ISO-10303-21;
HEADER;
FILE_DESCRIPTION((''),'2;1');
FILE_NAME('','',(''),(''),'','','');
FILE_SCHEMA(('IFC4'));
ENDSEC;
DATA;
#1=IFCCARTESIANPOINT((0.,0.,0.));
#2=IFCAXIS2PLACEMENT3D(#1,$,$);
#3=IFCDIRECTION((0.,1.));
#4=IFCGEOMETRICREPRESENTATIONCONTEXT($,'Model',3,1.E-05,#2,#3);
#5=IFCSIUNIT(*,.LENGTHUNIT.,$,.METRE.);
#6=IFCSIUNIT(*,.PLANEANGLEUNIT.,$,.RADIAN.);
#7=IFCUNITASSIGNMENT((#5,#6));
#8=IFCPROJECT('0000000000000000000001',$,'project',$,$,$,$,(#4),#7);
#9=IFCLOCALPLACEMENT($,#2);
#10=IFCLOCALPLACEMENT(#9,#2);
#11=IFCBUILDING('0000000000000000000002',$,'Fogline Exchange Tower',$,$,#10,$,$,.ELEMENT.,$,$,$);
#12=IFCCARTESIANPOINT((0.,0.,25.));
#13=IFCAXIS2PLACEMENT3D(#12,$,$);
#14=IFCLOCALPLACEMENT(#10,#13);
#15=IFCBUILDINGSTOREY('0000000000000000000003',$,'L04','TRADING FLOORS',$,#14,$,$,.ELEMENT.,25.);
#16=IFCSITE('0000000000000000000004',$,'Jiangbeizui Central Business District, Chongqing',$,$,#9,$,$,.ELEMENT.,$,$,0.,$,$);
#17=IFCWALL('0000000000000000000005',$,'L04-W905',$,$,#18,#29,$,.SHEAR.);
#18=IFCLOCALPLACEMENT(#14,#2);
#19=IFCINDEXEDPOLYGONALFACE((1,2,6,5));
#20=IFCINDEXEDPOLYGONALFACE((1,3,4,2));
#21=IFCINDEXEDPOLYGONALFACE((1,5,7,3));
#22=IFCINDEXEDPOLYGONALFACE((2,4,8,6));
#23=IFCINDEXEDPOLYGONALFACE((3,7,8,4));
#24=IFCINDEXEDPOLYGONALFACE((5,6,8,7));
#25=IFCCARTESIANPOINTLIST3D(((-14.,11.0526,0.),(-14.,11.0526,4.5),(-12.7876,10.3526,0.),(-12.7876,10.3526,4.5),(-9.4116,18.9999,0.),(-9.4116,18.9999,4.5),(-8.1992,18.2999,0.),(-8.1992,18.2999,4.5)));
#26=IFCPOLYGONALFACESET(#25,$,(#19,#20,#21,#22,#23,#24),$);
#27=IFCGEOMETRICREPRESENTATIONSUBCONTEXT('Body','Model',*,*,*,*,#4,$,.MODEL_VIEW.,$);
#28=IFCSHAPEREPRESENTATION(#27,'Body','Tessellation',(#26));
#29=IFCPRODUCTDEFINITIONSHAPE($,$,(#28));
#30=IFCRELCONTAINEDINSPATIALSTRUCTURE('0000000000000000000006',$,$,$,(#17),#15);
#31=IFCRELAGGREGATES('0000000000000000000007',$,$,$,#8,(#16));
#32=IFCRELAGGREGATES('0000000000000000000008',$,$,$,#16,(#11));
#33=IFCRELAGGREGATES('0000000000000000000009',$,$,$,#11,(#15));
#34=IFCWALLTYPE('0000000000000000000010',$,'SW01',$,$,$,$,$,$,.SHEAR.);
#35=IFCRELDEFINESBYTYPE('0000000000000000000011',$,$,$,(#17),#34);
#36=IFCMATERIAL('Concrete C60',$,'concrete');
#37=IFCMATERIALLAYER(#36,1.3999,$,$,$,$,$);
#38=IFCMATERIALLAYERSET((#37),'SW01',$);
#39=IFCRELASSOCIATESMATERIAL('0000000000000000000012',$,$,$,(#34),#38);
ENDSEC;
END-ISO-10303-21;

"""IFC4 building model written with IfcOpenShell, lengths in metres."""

from ifc_helpers import new_model, si_unit, direction, frame, frame_2d, origin, place, context, subcontext, project, spatial, rectangle, extrude, material, layer, layer_set, type_object, element, save


model = new_model("IFC4")

# Units and contexts
model_context = context("Model", 3, precision=1e-05, world=origin(), true_north=direction((0.0, 1.0)))
body_context = subcontext(model_context, "Body", "Model", "MODEL_VIEW")
ifc_project = project(units=[si_unit("LENGTHUNIT", "METRE"), si_unit("PLANEANGLEUNIT", "RADIAN")], contexts=[model_context])

# Site, building, storey
site_placement = place(None, origin())
site = spatial("IfcSite", under=ifc_project, at=site_placement, Name="Jiangbeizui Central Business District, Chongqing", CompositionType="ELEMENT", RefElevation=0.0)
building_placement = place(site_placement, origin())
building = spatial("IfcBuilding", under=site, at=building_placement, Name="Fogline Exchange Tower", CompositionType="ELEMENT")
storey_placement = place(building_placement, frame((0.0, 0.0, 25.0)))
storey = spatial("IfcBuildingStorey", under=building, at=storey_placement, Name="L04", Description="TRADING FLOORS", CompositionType="ELEMENT", Elevation=25.0)

# Wall
ifc_material_1 = material(Name="Concrete C60", Category="concrete")
ifc_layer_1 = layer(ifc_material_1, 1.3999)
ifc_layer_set_1 = layer_set([ifc_layer_1], Name="SW01")
wall_type_1 = type_object("IfcWallType", Name="SW01", PredefinedType="SHEAR", material=ifc_layer_set_1)
wall_1_placement = place(storey_placement, frame((-8.8054, 18.6499, 0.0), z_axis=(0.0, 0.0, 1.0), x_axis=(-0.500002, -0.866024, 0.0)))
element("IfcWall", 1, at=wall_1_placement, inside=storey, type_object=wall_type_1, Name="L04-W905", PredefinedType="SHEAR", context=body_context, shape_type="SweptSolid", body=[
    extrude(rectangle(XDim=9.1768, YDim=1.3999, at=frame_2d((4.5884, 0.0))), origin(), (0.0, 0.0, 1.0), 4.5),
])

save(model, "model.ifc")
